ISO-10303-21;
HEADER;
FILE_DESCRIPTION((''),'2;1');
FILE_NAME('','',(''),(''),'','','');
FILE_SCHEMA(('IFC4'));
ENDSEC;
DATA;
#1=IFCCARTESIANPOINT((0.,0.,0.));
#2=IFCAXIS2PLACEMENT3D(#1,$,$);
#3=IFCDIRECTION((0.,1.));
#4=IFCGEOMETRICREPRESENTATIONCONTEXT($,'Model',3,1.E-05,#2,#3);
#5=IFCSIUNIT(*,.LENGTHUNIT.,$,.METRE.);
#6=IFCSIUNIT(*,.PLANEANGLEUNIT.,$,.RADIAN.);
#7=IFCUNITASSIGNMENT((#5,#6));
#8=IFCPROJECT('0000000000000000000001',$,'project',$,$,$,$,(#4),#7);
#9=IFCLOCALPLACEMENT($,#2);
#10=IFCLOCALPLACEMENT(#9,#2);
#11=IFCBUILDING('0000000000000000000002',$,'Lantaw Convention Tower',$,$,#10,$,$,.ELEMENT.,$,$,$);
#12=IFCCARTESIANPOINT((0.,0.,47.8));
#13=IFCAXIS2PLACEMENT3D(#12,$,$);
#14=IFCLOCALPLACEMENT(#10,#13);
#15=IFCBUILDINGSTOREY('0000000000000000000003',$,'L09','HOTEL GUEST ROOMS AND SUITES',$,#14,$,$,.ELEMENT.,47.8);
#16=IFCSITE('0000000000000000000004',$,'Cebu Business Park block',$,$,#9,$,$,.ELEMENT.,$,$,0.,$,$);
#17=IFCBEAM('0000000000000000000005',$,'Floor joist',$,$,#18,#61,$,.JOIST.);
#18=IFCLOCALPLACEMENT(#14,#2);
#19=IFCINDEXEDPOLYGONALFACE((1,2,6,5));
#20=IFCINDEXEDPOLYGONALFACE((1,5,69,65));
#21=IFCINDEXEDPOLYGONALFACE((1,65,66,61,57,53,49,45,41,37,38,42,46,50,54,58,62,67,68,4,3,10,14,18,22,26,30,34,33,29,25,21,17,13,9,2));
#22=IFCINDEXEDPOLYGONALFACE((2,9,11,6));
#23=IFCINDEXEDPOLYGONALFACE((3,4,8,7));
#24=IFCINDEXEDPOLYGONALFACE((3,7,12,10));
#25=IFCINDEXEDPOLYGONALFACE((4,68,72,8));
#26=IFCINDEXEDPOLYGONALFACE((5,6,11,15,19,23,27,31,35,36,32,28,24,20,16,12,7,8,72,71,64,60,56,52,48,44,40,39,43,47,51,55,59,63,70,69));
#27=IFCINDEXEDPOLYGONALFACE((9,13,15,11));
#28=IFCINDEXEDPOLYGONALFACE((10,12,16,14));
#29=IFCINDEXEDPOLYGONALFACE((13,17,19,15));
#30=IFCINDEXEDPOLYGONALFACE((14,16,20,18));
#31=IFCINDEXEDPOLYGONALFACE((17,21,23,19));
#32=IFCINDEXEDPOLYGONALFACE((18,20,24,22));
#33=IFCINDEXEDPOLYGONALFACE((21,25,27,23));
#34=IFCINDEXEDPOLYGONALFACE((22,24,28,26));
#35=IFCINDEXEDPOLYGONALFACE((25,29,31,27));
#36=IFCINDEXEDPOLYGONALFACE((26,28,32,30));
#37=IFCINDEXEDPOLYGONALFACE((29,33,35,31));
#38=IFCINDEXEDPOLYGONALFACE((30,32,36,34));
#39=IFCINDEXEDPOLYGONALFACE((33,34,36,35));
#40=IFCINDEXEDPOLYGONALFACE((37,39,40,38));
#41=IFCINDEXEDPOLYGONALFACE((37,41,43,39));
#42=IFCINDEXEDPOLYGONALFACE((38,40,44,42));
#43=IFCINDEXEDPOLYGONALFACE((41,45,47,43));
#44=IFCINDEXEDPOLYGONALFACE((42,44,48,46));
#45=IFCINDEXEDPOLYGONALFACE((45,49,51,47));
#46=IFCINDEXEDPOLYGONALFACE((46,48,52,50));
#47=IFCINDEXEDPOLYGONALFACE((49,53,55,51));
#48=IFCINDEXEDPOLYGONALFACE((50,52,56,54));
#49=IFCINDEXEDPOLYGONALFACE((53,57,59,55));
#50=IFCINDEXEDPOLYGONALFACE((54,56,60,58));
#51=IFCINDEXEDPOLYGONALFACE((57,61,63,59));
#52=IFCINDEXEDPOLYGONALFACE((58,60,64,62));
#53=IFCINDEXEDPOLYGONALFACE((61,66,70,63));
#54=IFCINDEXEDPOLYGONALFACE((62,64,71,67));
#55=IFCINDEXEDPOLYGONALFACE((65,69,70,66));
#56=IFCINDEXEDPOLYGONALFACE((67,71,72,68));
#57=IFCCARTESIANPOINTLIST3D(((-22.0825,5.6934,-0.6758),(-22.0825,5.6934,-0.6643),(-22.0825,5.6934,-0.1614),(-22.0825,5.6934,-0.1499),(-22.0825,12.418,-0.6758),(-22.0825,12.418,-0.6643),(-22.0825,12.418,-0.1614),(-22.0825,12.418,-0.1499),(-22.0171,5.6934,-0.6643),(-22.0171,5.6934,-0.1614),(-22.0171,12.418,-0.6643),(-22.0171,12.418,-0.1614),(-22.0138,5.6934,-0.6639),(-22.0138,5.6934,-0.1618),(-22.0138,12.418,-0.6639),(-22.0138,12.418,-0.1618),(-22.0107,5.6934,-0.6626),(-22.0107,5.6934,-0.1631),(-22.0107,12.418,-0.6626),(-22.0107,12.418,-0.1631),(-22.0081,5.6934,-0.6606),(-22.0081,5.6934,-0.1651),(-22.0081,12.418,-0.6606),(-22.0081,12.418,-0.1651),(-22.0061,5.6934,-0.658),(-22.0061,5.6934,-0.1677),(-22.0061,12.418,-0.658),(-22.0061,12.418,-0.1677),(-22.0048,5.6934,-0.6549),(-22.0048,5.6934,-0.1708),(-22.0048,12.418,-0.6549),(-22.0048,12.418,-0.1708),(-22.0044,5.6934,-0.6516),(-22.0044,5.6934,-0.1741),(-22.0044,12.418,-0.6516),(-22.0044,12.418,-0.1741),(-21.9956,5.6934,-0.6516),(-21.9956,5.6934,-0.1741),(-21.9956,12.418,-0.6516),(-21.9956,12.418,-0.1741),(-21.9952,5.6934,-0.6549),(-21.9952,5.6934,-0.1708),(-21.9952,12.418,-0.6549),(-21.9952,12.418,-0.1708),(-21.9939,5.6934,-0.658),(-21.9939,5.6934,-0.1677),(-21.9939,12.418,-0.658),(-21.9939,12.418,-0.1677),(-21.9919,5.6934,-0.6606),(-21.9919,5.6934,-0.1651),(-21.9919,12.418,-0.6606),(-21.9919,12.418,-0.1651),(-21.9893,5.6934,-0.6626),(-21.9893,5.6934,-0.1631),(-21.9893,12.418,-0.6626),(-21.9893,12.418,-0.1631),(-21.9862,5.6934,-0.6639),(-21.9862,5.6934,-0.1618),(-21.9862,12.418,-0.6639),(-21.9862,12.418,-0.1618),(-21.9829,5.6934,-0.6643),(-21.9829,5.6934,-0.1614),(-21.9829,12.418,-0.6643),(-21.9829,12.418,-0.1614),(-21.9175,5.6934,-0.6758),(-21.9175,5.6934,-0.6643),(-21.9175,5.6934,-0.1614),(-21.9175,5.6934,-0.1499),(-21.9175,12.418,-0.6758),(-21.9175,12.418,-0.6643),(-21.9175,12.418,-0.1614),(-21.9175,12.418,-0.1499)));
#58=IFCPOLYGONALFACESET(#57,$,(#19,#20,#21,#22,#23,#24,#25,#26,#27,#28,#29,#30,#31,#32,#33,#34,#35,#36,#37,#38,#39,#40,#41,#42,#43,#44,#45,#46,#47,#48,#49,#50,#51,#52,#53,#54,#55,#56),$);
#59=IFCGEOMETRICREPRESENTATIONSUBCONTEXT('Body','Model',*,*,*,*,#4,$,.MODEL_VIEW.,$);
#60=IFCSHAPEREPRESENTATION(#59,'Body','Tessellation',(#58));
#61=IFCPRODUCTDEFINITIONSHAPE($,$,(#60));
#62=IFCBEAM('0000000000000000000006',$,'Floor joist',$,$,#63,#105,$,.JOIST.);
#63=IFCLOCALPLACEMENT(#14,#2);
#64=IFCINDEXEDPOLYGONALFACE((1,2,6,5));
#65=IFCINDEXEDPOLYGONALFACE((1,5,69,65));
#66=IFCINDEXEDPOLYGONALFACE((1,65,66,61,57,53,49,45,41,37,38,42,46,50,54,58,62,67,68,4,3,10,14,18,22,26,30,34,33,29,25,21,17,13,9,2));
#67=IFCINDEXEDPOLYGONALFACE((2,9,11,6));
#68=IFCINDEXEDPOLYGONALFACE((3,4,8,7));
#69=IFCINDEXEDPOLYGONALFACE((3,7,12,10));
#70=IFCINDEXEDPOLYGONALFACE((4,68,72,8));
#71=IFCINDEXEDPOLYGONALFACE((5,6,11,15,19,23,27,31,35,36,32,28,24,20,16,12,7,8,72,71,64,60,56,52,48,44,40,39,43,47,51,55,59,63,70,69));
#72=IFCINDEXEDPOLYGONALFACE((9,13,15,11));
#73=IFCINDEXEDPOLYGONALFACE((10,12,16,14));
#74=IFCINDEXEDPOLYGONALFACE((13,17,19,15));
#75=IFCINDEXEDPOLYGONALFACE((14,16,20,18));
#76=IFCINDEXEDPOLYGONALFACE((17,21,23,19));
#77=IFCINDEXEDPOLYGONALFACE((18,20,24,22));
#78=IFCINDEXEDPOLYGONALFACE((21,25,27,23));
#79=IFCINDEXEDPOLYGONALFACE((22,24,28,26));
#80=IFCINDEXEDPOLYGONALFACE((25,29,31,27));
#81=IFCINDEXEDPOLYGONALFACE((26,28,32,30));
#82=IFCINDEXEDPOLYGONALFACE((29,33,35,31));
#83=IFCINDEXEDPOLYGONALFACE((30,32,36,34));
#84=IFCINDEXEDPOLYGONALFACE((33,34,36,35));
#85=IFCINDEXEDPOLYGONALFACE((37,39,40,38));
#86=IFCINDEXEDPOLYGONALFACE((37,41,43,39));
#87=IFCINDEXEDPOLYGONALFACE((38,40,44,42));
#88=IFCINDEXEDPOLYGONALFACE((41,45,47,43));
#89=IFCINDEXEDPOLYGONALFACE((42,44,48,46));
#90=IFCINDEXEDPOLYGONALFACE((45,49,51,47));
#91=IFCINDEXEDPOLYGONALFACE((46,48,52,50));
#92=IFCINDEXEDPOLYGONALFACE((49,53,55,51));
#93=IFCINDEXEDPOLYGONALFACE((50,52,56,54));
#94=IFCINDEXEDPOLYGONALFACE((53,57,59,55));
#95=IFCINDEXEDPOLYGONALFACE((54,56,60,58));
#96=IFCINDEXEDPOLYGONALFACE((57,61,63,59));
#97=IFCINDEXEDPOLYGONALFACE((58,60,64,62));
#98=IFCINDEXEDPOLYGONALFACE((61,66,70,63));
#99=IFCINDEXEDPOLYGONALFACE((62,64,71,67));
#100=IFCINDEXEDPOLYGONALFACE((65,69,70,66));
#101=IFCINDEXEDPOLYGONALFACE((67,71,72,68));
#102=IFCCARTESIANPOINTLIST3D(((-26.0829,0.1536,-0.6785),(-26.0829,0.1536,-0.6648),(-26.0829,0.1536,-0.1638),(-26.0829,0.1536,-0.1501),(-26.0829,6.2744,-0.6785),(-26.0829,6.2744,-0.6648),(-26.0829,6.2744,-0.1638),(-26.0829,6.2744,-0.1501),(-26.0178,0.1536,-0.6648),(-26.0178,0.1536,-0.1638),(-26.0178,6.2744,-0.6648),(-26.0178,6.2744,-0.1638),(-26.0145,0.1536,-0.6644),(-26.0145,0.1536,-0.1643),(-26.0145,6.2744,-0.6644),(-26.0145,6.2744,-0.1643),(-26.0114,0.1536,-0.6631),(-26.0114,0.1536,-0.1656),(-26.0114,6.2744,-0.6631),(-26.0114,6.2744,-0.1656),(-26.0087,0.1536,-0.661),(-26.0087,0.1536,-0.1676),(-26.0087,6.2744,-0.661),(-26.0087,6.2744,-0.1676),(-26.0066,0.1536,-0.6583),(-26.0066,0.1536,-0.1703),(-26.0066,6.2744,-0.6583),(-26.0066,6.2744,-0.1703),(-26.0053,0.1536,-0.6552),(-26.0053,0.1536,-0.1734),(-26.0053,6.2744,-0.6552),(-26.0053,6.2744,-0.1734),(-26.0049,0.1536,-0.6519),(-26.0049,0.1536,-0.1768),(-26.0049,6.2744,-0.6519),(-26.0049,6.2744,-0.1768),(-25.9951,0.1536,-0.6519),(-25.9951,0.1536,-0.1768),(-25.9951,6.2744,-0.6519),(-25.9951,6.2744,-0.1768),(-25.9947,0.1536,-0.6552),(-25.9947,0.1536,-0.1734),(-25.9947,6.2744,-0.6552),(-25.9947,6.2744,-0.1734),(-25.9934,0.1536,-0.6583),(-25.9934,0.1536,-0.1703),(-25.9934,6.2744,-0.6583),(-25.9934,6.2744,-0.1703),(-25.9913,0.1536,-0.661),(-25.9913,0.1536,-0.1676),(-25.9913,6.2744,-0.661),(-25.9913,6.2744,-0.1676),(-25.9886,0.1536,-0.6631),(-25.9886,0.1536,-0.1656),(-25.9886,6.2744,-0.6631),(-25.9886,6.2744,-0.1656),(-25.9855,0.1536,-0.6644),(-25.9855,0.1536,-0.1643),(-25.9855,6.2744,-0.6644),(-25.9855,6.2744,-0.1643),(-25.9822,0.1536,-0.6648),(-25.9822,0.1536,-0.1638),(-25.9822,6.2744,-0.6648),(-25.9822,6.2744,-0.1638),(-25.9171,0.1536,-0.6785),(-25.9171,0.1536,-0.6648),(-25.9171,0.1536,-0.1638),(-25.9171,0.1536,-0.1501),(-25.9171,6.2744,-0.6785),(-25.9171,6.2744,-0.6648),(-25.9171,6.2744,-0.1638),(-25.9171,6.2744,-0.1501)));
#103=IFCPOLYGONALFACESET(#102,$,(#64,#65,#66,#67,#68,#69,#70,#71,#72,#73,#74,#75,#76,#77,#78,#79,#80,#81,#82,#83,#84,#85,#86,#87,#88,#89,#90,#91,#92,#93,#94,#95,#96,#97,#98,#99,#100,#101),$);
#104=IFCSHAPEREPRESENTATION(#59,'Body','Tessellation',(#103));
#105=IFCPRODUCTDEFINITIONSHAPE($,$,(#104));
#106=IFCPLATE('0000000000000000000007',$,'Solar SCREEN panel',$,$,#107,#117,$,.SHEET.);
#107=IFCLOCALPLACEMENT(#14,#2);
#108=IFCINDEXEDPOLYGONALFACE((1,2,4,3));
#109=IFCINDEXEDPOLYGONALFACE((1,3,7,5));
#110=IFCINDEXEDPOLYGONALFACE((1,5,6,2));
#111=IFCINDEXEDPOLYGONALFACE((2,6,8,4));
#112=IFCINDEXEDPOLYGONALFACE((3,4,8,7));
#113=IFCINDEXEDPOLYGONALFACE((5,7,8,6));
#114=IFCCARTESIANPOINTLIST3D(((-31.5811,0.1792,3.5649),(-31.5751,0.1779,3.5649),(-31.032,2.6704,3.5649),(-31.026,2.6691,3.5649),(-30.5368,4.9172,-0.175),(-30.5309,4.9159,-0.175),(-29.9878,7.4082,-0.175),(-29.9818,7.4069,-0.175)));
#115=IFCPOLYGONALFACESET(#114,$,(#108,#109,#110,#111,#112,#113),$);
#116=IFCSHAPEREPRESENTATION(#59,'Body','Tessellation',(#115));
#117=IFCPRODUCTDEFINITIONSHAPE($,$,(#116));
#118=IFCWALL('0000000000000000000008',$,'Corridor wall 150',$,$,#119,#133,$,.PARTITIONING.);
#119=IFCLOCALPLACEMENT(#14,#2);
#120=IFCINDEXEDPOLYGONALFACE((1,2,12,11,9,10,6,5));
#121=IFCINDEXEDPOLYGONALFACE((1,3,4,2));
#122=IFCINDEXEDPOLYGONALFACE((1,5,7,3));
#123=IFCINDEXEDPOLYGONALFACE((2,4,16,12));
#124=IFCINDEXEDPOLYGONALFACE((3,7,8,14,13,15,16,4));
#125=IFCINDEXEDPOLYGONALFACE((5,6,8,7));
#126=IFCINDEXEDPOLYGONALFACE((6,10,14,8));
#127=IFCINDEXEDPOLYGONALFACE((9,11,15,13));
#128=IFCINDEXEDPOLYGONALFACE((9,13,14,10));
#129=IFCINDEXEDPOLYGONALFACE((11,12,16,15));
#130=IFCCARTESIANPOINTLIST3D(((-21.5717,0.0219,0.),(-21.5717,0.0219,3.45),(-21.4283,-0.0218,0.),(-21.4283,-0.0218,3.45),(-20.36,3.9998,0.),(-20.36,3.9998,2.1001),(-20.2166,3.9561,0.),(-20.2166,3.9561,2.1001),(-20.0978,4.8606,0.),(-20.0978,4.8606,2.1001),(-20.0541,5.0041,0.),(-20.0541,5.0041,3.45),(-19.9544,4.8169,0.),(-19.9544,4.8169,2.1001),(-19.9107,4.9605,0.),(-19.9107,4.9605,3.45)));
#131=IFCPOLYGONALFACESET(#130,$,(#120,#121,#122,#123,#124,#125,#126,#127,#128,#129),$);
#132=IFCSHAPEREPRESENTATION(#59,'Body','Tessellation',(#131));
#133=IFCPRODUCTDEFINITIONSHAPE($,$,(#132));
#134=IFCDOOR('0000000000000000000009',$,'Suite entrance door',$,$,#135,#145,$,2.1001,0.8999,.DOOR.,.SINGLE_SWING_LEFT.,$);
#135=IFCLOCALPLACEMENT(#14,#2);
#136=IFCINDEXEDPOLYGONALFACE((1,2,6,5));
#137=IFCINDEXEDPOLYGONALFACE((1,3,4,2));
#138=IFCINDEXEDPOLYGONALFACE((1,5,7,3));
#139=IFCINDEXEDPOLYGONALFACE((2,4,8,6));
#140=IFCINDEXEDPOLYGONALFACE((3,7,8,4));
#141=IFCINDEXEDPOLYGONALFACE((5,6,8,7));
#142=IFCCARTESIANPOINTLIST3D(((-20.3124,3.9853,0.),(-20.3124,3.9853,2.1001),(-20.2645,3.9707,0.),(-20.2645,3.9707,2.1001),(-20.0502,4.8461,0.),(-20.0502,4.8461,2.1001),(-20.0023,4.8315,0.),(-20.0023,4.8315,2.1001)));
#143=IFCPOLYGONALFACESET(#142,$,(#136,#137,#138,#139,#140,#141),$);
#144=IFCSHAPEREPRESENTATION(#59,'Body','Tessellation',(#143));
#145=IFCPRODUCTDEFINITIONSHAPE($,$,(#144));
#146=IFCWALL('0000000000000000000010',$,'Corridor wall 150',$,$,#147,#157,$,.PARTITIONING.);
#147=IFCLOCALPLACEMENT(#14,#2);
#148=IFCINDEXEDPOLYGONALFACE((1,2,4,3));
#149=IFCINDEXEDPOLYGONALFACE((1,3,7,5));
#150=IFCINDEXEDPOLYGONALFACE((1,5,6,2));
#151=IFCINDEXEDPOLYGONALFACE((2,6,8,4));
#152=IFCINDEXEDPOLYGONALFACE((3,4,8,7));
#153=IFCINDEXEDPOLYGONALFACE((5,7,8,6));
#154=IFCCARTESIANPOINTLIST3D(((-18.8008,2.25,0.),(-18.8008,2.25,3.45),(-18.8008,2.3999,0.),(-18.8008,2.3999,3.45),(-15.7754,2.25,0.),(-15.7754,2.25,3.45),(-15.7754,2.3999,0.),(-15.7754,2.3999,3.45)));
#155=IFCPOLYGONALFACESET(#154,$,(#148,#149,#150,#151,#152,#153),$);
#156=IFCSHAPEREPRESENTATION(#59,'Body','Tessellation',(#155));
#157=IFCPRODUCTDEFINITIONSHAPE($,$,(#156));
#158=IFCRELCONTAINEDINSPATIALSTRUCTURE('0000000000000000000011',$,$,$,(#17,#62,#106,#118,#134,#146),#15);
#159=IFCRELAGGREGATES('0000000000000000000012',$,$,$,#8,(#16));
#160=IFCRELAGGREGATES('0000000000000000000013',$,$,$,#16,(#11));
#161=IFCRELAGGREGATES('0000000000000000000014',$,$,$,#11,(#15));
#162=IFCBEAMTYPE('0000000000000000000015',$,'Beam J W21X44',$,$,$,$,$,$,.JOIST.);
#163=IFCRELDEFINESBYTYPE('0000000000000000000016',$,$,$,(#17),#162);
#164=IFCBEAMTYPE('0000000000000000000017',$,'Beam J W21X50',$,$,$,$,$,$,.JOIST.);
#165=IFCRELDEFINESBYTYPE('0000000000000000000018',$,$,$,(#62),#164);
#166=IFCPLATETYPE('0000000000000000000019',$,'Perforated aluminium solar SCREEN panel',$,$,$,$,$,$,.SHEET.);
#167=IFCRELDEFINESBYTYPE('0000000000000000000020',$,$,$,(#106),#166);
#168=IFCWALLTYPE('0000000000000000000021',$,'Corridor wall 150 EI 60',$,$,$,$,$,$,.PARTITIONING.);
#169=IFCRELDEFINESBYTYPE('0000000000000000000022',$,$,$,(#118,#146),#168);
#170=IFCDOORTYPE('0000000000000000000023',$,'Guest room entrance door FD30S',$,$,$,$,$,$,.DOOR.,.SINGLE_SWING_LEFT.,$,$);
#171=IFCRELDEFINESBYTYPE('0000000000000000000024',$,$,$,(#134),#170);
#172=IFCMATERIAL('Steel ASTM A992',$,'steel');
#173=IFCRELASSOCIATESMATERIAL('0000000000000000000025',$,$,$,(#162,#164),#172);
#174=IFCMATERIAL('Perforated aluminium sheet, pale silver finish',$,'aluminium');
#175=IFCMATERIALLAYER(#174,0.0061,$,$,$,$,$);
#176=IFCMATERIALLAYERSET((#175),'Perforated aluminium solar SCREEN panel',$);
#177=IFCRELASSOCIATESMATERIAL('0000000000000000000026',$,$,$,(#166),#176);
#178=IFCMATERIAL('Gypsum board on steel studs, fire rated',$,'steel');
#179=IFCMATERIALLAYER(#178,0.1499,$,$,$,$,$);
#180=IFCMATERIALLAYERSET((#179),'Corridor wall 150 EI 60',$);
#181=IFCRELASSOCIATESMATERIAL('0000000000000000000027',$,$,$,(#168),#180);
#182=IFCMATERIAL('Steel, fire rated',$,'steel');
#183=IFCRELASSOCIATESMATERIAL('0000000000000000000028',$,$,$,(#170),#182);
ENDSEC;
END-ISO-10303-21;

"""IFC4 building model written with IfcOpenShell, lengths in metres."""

from ifc_helpers import new_model, si_unit, direction, frame, frame_2d, origin, origin_2d, place, context, subcontext, project, spatial, polyline, rectangle, i_section, outline, extrude, material, layer, layer_set, material_profile, profile_set, type_object, element, fill, save


model = new_model("IFC4")

# Units and contexts
model_context = context("Model", 3, precision=1e-05, world=origin(), true_north=direction((0.0, 1.0)))
body_context = subcontext(model_context, "Body", "Model", "MODEL_VIEW")
ifc_project = project(units=[si_unit("LENGTHUNIT", "METRE"), si_unit("PLANEANGLEUNIT", "RADIAN")], contexts=[model_context])

# Site, building, storey
site_placement = place(None, origin())
site = spatial("IfcSite", under=ifc_project, at=site_placement, Name="Cebu Business Park block", CompositionType="ELEMENT", RefElevation=0.0)
building_placement = place(site_placement, origin())
building = spatial("IfcBuilding", under=site, at=building_placement, Name="Lantaw Convention Tower", CompositionType="ELEMENT")
storey_placement = place(building_placement, frame((0.0, 0.0, 47.8)))
storey = spatial("IfcBuildingStorey", under=building, at=storey_placement, Name="L09", Description="HOTEL GUEST ROOMS AND SUITES", CompositionType="ELEMENT", Elevation=47.8)

# Beams
ifc_material_1 = material(Name="Steel ASTM A992", Category="steel")
ifc_material_profile_1 = material_profile(ifc_material_1, i_section(OverallWidth=0.165, OverallDepth=0.5259, WebThickness=0.0088, FlangeThickness=0.0115, FilletRadius=0.0127, at=origin_2d()), Name="W21X44")
ifc_profile_set_1 = profile_set([ifc_material_profile_1], Name="Steel ASTM A992")
beam_type_1 = type_object("IfcBeamType", Name="Beam J W21X44", PredefinedType="JOIST", material=ifc_profile_set_1)
beam_1_placement = place(storey_placement, frame((-22.0, 5.6934, -0.4128), z_axis=(0.0, 1.0, 0.0), x_axis=(-1.0, 0.0, 0.0)))
element("IfcBeam", 1, at=beam_1_placement, inside=storey, type_object=beam_type_1, Name="Floor joist", PredefinedType="JOIST", context=body_context, shape_type="SweptSolid", body=[
    extrude(i_section(OverallWidth=0.165, OverallDepth=0.5259, WebThickness=0.0088, FlangeThickness=0.0115, FilletRadius=0.0127, at=origin_2d()), origin(), (0.0, 0.0, 1.0), 6.7246),
])
ifc_material_profile_2 = material_profile(ifc_material_1, i_section(OverallWidth=0.1658, OverallDepth=0.5283, WebThickness=0.0098, FlangeThickness=0.0137, FilletRadius=0.0129, at=origin_2d()), Name="W21X50")
ifc_profile_set_2 = profile_set([ifc_material_profile_2], Name="Steel ASTM A992")
beam_type_2 = type_object("IfcBeamType", Name="Beam J W21X50", PredefinedType="JOIST", material=ifc_profile_set_2)
beam_2_placement = place(storey_placement, frame((-26.0, 0.1536, -0.4143), z_axis=(0.0, 1.0, 0.0), x_axis=(-1.0, 0.0, 0.0)))
element("IfcBeam", 2, at=beam_2_placement, inside=storey, type_object=beam_type_2, Name="Floor joist", PredefinedType="JOIST", context=body_context, shape_type="SweptSolid", body=[
    extrude(i_section(OverallWidth=0.1658, OverallDepth=0.5283, WebThickness=0.0098, FlangeThickness=0.0137, FilletRadius=0.0129, at=origin_2d()), origin(), (0.0, 0.0, 1.0), 6.1208),
])

# Plate
ifc_material_2 = material(Name="Perforated aluminium sheet, pale silver finish", Category="aluminium")
ifc_layer_1 = layer(ifc_material_2, 0.0061)
ifc_layer_set_1 = layer_set([ifc_layer_1], Name="Perforated aluminium solar SCREEN panel")
plate_type = type_object("IfcPlateType", Name="Perforated aluminium solar SCREEN panel", PredefinedType="SHEET", material=ifc_layer_set_1)
plate_placement = place(storey_placement, frame((-29.9878, 7.4082, -0.175), z_axis=(-0.976559, 0.215248, 0.00003), x_axis=(-0.215248, -0.976559, 0.0)))
element("IfcPlate", 3, at=plate_placement, inside=storey, type_object=plate_type, Name="Solar SCREEN panel", PredefinedType="SHEET", context=body_context, shape_type="SweptSolid", body=[
    extrude(outline(polyline([(0.0, 0.0), (2.5508, 0.0), (7.4025, 3.74), (4.8515, 3.74), (0.0, 0.0)])), origin(), (0.0, 0.0, -1.0), 0.0061),
])

# Wall, opening, door
ifc_material_3 = material(Name="Gypsum board on steel studs, fire rated", Category="steel")
ifc_layer_2 = layer(ifc_material_3, 0.1499)
ifc_layer_set_2 = layer_set([ifc_layer_2], Name="Corridor wall 150 EI 60")
wall_type_1 = type_object("IfcWallType", Name="Corridor wall 150 EI 60", PredefinedType="PARTITIONING", material=ifc_layer_set_2)
wall_1_placement = place(storey_placement, frame((-19.9824, 4.9822, 0.0), z_axis=(0.0, 0.0, 1.0), x_axis=(-0.291384, -0.956606, 0.0)))
wall_1 = element("IfcWall", 4, at=wall_1_placement, inside=storey, type_object=wall_type_1, Name="Corridor wall 150", PredefinedType="PARTITIONING", context=body_context, shape_type="SweptSolid", body=[
    extrude(rectangle(XDim=5.2083, YDim=0.1499, at=frame_2d((2.604, 0.0))), origin(), (0.0, 0.0, 1.0), 3.45),
])
opening_1_placement = place(wall_1_placement, frame((0.1499, 0.0, 0.0)))
opening_1 = element("IfcOpeningElement", 5, at=opening_1_placement, cuts=wall_1, PredefinedType="OPENING", context=body_context, shape_type="SweptSolid", body=[
    extrude(rectangle(XDim=0.8999, YDim=2.1001, at=frame_2d((0.45, 1.05))), frame((0.0, 0.085, 0.0), z_axis=(0.0, -1.0, 0.0), x_axis=(1.0, 0.0, 0.0)), (0.0, 0.0, 1.0), 0.1699),
])
ifc_material_4 = material(Name="Steel, fire rated", Category="steel")
door_type_1 = type_object("IfcDoorType", Name="Guest room entrance door FD30S", OperationType="SINGLE_SWING_LEFT", PredefinedType="DOOR", material=ifc_material_4)
door_1_placement = place(opening_1_placement, origin())
door_1 = element("IfcDoor", 6, at=door_1_placement, inside=storey, type_object=door_type_1, Name="Suite entrance door", OperationType="SINGLE_SWING_LEFT", OverallHeight=2.1001, OverallWidth=0.8999, PredefinedType="DOOR", context=body_context, shape_type="SweptSolid", body=[
    extrude(rectangle(XDim=0.8999, YDim=2.1001, at=frame_2d((0.45, 1.05))), frame((0.0, 0.0249, 0.0), z_axis=(0.0, -1.0, 0.0), x_axis=(1.0, 0.0, 0.0)), (0.0, 0.0, 1.0), 0.05),
])
fill(opening_1, door_1)

# Wall
wall_2_placement = place(storey_placement, frame((-18.8008, 2.325, 0.0), z_axis=(0.0, 0.0, 1.0), x_axis=(1.0, 0.0, 0.0)))
element("IfcWall", 7, at=wall_2_placement, inside=storey, type_object=wall_type_1, Name="Corridor wall 150", PredefinedType="PARTITIONING", context=body_context, shape_type="SweptSolid", body=[
    extrude(rectangle(XDim=3.0254, YDim=0.1499, at=frame_2d((1.5127, 0.0))), origin(), (0.0, 0.0, 1.0), 3.45),
])

save(model, "model.ifc")
